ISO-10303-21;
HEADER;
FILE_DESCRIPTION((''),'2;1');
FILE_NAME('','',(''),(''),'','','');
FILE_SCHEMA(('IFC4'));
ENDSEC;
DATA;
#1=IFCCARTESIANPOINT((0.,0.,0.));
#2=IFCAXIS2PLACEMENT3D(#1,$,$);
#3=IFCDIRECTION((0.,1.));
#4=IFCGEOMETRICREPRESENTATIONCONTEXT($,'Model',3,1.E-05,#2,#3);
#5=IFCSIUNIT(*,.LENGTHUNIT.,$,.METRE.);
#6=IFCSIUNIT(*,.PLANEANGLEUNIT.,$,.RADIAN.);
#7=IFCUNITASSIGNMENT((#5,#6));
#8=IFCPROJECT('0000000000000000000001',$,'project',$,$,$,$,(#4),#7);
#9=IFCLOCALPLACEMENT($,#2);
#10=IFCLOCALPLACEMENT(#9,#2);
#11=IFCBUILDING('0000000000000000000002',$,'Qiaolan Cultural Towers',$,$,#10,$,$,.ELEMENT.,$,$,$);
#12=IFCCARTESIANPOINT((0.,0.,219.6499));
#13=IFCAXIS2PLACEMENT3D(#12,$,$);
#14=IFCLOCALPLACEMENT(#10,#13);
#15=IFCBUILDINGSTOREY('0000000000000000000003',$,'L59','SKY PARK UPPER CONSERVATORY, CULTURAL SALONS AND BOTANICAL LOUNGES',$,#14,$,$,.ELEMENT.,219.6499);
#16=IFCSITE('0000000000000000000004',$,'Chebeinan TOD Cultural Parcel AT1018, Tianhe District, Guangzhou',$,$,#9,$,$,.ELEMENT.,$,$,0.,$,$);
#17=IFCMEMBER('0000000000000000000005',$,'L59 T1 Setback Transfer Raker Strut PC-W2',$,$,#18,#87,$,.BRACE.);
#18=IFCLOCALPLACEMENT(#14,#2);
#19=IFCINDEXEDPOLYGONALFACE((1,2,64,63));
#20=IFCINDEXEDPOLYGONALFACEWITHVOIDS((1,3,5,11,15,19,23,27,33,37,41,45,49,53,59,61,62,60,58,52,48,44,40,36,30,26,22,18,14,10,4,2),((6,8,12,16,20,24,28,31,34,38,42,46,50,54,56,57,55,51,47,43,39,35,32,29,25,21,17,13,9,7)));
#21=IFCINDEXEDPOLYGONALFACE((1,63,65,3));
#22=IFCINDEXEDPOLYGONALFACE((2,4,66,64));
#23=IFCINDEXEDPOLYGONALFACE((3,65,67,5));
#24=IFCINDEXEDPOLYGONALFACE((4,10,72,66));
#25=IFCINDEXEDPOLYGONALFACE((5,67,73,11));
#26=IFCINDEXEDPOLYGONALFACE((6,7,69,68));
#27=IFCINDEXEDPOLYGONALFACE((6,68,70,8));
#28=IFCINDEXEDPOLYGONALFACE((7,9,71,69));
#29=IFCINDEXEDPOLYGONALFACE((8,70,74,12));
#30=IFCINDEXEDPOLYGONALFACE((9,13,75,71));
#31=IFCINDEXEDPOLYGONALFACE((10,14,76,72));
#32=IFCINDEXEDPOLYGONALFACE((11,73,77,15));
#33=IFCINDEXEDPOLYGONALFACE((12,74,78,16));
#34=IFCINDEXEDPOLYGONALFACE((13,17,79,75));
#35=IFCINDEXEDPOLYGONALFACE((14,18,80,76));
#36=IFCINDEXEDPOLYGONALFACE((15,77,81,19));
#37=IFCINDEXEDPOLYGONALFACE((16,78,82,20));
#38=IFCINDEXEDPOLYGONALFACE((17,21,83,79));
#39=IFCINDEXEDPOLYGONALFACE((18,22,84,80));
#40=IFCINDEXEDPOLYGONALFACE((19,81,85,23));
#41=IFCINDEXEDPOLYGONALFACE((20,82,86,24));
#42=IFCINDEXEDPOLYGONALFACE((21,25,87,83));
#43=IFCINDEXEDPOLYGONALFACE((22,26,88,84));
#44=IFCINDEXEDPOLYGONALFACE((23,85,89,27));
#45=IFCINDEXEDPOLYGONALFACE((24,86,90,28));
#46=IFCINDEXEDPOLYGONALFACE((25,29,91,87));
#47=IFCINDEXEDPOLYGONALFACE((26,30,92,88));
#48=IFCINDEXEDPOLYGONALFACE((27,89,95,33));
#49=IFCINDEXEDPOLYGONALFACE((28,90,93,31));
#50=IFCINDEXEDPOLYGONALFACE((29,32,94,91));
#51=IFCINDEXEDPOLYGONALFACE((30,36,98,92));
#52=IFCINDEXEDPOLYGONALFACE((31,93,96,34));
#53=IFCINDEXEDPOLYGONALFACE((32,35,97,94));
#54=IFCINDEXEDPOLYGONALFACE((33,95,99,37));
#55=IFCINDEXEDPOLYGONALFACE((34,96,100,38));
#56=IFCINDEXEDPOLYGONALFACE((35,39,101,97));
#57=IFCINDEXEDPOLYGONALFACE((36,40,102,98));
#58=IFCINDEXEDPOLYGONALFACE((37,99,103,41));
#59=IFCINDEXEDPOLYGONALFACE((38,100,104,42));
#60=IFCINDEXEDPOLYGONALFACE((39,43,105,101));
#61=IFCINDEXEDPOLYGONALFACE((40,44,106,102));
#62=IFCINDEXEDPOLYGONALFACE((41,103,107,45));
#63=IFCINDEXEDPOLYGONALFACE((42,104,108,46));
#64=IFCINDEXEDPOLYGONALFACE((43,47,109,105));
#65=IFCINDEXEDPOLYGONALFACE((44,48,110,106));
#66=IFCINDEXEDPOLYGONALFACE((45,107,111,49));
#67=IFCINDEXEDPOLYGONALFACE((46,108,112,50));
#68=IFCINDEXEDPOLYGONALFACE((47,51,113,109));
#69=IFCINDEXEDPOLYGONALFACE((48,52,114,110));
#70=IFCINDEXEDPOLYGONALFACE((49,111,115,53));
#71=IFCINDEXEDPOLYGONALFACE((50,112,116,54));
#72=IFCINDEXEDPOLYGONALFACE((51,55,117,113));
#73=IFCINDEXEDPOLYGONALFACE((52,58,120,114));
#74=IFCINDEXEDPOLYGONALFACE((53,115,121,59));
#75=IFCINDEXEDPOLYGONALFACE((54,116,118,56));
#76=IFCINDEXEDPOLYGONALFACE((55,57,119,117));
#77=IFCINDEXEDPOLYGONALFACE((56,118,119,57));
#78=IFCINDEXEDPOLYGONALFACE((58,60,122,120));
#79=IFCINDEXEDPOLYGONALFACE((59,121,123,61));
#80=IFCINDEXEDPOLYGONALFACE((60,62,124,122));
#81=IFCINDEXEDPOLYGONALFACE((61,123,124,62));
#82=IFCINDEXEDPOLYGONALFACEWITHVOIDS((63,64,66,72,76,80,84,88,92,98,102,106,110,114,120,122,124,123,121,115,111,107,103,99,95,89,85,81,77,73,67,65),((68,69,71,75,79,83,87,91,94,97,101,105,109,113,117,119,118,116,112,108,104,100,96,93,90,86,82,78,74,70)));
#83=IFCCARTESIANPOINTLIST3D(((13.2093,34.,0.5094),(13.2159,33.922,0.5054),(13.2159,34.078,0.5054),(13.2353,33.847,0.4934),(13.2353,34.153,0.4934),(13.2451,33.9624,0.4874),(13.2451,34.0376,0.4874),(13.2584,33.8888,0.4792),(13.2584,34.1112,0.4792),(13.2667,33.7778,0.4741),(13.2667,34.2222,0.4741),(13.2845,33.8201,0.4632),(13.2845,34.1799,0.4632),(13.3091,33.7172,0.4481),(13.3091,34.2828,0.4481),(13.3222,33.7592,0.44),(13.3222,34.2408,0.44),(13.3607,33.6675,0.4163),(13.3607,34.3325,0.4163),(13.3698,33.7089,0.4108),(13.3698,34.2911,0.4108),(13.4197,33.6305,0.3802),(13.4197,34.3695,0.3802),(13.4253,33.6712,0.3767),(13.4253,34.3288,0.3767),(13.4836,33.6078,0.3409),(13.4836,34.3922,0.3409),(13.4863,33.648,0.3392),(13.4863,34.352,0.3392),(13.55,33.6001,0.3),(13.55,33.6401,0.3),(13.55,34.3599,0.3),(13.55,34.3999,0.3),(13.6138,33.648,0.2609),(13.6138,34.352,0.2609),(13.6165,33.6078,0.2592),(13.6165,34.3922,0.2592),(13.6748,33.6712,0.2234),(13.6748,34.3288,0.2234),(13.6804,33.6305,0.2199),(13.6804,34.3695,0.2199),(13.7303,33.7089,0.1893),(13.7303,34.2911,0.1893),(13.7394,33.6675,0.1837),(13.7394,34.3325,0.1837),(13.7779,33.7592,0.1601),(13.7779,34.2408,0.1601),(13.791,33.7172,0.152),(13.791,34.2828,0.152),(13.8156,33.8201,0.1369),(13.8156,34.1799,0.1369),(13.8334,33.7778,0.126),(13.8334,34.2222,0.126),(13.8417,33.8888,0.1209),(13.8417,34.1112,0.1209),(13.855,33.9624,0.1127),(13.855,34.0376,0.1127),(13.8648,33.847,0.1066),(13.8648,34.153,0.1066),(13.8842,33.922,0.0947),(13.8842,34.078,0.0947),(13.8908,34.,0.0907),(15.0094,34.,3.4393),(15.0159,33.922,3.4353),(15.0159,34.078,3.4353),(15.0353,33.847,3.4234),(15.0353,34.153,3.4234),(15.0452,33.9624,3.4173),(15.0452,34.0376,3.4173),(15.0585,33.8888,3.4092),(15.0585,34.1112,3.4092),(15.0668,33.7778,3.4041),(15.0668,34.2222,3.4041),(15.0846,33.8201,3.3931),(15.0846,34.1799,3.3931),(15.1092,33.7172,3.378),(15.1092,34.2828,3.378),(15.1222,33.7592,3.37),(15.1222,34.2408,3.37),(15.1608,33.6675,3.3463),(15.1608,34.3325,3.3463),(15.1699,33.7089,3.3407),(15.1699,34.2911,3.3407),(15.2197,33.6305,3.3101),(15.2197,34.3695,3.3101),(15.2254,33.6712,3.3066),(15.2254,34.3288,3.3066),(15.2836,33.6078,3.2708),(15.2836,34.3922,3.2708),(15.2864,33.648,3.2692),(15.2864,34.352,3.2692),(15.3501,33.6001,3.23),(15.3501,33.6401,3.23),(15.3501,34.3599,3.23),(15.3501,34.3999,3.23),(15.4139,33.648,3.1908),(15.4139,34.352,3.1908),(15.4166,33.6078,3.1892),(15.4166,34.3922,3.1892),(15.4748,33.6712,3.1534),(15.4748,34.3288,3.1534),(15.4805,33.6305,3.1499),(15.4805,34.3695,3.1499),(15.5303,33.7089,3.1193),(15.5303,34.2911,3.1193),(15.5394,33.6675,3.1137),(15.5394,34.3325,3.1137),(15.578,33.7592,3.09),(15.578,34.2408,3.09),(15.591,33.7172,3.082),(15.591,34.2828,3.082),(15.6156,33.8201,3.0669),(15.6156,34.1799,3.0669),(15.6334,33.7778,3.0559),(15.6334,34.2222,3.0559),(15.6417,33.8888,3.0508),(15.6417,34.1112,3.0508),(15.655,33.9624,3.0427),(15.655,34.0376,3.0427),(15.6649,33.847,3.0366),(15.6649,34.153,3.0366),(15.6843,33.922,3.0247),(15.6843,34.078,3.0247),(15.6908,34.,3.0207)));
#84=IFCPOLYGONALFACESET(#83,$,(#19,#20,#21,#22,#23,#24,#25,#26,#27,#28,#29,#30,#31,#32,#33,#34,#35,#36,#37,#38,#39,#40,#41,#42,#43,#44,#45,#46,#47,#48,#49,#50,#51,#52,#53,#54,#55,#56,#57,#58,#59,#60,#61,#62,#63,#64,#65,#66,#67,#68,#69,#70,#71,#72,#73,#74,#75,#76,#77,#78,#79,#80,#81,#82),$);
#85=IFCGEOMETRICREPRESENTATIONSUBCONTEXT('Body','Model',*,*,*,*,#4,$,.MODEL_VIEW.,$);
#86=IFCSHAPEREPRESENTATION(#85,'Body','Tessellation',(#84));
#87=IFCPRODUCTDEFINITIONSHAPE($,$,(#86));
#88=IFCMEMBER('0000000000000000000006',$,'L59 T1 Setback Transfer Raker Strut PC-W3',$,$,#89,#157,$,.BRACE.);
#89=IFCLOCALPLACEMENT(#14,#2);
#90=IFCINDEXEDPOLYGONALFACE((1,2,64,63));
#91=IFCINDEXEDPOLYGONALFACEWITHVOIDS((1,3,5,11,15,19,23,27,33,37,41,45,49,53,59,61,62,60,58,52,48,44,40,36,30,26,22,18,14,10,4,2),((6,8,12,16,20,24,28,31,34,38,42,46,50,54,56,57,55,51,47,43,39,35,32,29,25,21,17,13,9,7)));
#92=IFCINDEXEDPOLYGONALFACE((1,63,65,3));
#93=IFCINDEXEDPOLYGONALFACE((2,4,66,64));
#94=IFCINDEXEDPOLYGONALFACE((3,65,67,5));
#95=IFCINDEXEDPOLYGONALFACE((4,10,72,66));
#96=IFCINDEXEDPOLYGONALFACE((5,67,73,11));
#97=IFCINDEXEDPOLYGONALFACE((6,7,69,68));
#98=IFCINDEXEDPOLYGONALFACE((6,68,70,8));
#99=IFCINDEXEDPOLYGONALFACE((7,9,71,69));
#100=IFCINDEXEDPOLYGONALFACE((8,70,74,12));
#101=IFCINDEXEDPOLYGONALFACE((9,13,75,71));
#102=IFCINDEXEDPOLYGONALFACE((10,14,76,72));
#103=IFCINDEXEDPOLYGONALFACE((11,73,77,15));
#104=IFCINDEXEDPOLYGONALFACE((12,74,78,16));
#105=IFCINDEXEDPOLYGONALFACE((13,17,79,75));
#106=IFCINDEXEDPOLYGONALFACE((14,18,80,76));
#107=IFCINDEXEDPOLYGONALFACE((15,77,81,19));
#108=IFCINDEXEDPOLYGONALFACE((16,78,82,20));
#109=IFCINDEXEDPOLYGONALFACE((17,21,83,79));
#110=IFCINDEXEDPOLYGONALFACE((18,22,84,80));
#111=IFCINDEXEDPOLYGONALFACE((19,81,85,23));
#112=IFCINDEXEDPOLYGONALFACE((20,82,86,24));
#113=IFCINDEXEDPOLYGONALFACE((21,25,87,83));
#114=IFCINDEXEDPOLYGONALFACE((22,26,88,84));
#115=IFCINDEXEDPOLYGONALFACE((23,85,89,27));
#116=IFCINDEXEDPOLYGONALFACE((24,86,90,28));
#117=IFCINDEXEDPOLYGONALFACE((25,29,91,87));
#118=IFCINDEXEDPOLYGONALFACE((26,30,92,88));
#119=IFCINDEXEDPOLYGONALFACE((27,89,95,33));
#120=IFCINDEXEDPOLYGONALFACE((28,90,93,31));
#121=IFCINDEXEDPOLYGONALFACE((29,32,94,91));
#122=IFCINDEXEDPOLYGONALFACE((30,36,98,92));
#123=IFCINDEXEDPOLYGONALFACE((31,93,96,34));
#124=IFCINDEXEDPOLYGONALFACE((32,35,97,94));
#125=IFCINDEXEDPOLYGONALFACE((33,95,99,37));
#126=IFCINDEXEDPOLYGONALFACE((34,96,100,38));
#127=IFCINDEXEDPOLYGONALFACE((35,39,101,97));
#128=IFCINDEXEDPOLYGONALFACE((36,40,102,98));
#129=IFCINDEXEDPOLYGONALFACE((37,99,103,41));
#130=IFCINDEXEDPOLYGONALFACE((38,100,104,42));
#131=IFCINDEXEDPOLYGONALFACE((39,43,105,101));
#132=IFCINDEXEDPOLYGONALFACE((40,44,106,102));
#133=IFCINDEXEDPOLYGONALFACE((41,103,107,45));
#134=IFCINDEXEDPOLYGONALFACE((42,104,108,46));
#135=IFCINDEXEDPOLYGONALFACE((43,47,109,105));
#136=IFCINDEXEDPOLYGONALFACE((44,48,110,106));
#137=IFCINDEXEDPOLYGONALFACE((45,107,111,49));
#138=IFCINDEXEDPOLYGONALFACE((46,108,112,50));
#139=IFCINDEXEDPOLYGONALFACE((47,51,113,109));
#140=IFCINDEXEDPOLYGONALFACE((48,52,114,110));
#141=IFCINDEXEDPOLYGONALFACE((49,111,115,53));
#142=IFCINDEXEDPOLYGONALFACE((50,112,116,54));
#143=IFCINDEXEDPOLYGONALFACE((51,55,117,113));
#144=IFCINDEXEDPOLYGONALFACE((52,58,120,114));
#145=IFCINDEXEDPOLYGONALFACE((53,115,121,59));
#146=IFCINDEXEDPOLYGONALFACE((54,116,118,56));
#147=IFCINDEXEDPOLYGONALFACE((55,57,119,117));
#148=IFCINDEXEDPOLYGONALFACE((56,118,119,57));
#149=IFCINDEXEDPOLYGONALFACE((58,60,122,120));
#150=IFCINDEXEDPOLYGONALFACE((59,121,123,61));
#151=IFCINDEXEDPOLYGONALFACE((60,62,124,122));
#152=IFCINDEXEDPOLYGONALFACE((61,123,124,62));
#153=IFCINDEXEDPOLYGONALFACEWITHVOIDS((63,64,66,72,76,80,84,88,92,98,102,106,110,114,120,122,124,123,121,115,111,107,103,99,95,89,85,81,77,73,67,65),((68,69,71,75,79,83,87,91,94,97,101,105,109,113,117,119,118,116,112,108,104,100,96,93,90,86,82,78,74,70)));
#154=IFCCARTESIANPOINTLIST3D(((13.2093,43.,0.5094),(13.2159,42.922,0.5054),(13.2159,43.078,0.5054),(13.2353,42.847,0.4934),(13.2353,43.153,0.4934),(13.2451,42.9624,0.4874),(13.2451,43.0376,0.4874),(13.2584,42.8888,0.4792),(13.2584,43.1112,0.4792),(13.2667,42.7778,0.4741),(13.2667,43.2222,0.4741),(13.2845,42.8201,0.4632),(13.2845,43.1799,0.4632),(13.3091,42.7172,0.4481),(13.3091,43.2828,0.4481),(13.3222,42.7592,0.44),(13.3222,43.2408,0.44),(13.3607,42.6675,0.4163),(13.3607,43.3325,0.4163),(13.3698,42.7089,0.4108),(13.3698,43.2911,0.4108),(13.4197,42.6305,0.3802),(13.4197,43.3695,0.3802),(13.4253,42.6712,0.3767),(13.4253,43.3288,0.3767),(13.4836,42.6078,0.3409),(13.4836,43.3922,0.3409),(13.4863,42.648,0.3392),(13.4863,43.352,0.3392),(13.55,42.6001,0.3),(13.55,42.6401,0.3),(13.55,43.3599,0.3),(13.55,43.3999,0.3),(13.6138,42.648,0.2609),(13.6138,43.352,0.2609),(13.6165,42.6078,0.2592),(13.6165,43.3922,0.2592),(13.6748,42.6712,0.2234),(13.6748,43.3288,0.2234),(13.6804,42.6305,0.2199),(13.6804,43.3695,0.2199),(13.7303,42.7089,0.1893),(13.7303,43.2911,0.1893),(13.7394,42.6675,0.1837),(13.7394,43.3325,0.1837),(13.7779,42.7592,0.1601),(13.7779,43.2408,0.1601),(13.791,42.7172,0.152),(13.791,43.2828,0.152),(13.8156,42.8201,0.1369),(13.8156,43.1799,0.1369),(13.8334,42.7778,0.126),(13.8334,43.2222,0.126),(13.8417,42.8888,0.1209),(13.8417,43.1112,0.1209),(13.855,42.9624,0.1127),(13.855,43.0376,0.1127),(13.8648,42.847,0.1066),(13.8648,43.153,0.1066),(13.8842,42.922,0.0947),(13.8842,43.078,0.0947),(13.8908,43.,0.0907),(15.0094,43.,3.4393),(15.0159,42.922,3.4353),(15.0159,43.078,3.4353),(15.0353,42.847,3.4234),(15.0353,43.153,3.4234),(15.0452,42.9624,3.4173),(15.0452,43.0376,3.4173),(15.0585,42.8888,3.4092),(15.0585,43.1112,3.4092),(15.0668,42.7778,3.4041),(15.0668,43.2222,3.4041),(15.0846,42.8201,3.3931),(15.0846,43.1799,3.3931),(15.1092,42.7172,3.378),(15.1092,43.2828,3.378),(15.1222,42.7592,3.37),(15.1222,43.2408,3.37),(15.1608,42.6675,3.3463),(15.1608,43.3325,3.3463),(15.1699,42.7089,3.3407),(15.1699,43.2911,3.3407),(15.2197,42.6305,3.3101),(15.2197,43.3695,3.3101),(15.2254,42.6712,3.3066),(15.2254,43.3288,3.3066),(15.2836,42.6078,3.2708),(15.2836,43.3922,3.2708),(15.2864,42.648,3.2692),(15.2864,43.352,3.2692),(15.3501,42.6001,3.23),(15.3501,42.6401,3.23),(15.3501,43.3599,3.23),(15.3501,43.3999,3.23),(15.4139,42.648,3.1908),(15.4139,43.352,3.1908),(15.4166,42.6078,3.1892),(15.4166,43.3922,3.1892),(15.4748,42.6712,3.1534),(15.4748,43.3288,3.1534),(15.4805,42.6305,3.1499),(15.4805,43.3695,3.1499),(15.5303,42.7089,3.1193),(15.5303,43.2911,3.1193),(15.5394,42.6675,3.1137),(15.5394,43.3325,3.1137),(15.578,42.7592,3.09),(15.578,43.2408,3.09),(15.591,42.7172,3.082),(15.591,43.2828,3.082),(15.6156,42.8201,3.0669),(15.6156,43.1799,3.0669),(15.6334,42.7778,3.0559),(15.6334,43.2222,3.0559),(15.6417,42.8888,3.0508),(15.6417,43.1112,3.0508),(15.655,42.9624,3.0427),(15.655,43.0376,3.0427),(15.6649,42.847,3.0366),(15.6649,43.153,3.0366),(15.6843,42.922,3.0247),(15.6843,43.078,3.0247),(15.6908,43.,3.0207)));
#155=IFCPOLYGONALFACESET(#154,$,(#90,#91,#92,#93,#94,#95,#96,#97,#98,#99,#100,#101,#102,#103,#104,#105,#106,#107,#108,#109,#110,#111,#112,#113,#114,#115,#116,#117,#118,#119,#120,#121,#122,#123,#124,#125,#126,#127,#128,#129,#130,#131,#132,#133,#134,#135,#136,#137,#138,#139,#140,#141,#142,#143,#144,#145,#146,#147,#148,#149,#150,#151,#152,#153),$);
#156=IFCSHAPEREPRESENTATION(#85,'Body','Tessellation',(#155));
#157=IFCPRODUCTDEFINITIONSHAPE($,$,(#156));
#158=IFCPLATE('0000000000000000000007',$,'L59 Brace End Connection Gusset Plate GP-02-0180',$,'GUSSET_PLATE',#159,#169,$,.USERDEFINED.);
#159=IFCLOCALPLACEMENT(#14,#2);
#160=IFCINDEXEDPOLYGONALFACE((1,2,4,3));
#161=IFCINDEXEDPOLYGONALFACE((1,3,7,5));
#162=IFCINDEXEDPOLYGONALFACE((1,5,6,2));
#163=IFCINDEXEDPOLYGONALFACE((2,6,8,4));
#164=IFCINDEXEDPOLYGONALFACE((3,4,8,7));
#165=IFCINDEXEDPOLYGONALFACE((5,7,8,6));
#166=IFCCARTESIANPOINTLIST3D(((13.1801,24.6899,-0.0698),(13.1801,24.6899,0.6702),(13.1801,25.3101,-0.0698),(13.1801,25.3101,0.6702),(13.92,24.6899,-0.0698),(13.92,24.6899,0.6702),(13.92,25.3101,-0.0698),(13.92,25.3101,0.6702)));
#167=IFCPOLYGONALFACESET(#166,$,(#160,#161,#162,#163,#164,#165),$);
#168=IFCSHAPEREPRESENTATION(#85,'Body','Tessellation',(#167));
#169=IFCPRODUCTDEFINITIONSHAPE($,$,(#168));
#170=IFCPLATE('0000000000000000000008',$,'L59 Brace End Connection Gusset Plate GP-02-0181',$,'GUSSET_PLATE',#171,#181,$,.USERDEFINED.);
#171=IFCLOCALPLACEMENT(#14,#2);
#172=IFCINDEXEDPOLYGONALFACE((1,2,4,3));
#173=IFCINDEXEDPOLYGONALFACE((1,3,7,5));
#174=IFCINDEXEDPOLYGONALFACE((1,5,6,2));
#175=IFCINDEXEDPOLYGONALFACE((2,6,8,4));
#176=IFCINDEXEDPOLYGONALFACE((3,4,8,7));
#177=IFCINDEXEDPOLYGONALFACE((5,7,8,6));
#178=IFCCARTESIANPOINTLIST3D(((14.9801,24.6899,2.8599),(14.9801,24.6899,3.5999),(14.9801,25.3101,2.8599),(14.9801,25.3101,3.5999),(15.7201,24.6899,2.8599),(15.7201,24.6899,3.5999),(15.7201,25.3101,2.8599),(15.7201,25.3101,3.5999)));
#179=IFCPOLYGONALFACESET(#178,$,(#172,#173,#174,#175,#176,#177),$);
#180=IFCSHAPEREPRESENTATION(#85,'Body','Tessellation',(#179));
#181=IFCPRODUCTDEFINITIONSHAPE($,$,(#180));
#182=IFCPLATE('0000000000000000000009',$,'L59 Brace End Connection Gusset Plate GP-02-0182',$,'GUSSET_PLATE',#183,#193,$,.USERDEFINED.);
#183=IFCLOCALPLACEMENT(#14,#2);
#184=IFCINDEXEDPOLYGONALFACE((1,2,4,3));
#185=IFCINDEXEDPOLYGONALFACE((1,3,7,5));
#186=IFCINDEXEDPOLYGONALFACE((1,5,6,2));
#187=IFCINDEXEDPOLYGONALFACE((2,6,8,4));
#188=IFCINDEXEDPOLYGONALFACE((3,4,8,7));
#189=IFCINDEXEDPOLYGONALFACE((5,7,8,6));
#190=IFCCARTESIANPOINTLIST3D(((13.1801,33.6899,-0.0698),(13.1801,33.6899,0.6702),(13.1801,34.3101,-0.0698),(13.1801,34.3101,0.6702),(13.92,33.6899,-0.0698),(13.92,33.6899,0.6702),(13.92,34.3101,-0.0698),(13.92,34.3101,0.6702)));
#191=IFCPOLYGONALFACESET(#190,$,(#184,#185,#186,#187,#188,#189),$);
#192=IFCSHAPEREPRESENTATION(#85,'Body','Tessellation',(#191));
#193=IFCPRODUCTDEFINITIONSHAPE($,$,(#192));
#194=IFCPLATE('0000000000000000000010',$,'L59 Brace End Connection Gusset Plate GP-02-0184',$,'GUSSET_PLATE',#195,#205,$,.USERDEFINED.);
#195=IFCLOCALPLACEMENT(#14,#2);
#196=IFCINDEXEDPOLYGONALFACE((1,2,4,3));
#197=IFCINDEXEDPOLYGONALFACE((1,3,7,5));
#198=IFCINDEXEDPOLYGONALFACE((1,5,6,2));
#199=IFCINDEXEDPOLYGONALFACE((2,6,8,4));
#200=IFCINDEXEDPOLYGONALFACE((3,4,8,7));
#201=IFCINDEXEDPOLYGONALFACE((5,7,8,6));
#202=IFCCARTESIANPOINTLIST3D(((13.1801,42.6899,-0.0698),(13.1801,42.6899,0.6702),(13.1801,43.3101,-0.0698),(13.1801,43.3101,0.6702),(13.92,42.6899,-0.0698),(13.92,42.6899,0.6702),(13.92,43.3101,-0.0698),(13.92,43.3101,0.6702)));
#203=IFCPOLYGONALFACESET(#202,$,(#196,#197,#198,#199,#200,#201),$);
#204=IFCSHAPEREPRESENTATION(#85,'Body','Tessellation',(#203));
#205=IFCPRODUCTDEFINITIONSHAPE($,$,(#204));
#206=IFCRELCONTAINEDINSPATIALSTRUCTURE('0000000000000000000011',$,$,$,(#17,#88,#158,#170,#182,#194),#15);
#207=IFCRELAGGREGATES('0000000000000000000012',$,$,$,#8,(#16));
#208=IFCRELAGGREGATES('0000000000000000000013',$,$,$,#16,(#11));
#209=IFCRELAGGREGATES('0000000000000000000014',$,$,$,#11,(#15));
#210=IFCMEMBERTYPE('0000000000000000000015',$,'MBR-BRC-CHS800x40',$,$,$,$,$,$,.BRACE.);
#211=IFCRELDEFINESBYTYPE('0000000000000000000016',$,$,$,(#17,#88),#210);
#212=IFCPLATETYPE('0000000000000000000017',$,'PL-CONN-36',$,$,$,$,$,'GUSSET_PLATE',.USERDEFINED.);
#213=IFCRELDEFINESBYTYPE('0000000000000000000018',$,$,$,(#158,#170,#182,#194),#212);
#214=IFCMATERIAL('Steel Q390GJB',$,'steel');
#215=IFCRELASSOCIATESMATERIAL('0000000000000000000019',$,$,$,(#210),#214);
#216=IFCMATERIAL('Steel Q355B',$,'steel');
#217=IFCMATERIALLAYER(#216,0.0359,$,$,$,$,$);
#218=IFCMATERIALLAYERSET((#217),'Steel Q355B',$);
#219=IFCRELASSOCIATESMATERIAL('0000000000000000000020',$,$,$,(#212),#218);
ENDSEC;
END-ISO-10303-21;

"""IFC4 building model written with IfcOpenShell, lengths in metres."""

from ifc_helpers import new_model, si_unit, direction, frame, origin, origin_2d, place, context, subcontext, project, spatial, rectangle, hollow_circle, extrude, material, layer, layer_set, material_profile, profile_set, type_object, element, save


model = new_model("IFC4")

# Units and contexts
model_context = context("Model", 3, precision=1e-05, world=origin(), true_north=direction((0.0, 1.0)))
body_context = subcontext(model_context, "Body", "Model", "MODEL_VIEW")
ifc_project = project(units=[si_unit("LENGTHUNIT", "METRE"), si_unit("PLANEANGLEUNIT", "RADIAN")], contexts=[model_context])

# Site, building, storey
site_placement = place(None, origin())
site = spatial("IfcSite", under=ifc_project, at=site_placement, Name="Chebeinan TOD Cultural Parcel AT1018, Tianhe District, Guangzhou", CompositionType="ELEMENT", RefElevation=0.0)
building_placement = place(site_placement, origin())
building = spatial("IfcBuilding", under=site, at=building_placement, Name="Qiaolan Cultural Towers", CompositionType="ELEMENT")
storey_placement = place(building_placement, frame((0.0, 0.0, 219.6499)))
storey = spatial("IfcBuildingStorey", under=building, at=storey_placement, Name="L59", Description="SKY PARK UPPER CONSERVATORY, CULTURAL SALONS AND BOTANICAL LOUNGES", CompositionType="ELEMENT", Elevation=219.6499)

# Members
ifc_material_1 = material(Name="Steel Q390GJB", Category="steel")
ifc_material_profile_1 = material_profile(ifc_material_1, hollow_circle(Radius=0.3999, WallThickness=0.04, at=origin_2d()), Name="CHS800x40")
ifc_profile_set_1 = profile_set([ifc_material_profile_1], Name="Steel Q390GJB")
member_type = type_object("IfcMemberType", Name="MBR-BRC-CHS800x40", PredefinedType="BRACE", material=ifc_profile_set_1)
for number, where, z_axis, x_axis, name in (
    (1, (13.55, 34.0, 0.3), (0.523467, 0.0, 0.852046), (0.0, 1.0, 0.0), "L59 T1 Setback Transfer Raker Strut PC-W2"),
    (2, (13.55, 43.0, 0.3), (0.523467, 0.0, 0.852046), (0.0, 1.0, 0.0), "L59 T1 Setback Transfer Raker Strut PC-W3"),
):
    element("IfcMember", number, at=place(storey_placement, frame(where, z_axis=z_axis, x_axis=x_axis)), inside=storey, type_object=member_type, Name=name, PredefinedType="BRACE", context=body_context, shape_type="SweptSolid", body=[
        extrude(hollow_circle(Radius=0.3999, WallThickness=0.04, at=origin_2d()), origin(), (0.0, 0.0, 1.0), 3.4387),
    ])

# Plates
ifc_material_2 = material(Name="Steel Q355B", Category="steel")
ifc_layer_1 = layer(ifc_material_2, 0.0359)
ifc_layer_set_1 = layer_set([ifc_layer_1], Name="Steel Q355B")
plate_type_1 = type_object("IfcPlateType", Name="PL-CONN-36", ElementType="GUSSET_PLATE", PredefinedType="USERDEFINED", material=ifc_layer_set_1)
for number, where, z_axis, x_axis, name in (
    (3, (13.55, 25.0, -0.0698), (0.0, 0.0, 1.0), (1.0, 0.0, 0.0), "L59 Brace End Connection Gusset Plate GP-02-0180"),
    (4, (15.3501, 25.0, 2.8599), (0.0, 0.0, 1.0), (1.0, 0.0, 0.0), "L59 Brace End Connection Gusset Plate GP-02-0181"),
    (5, (13.55, 34.0, -0.0698), (0.0, 0.0, 1.0), (1.0, 0.0, 0.0), "L59 Brace End Connection Gusset Plate GP-02-0182"),
    (6, (13.55, 43.0, -0.0698), (0.0, 0.0, 1.0), (1.0, 0.0, 0.0), "L59 Brace End Connection Gusset Plate GP-02-0184"),
):
    element("IfcPlate", number, at=place(storey_placement, frame(where, z_axis=z_axis, x_axis=x_axis)), inside=storey, type_object=plate_type_1, Name=name, ObjectType="GUSSET_PLATE", PredefinedType="USERDEFINED", context=body_context, shape_type="SweptSolid", body=[
        extrude(rectangle(XDim=0.74, YDim=0.6201, at=origin_2d()), origin(), (0.0, 0.0, 1.0), 0.74),
    ])

save(model, "model.ifc")
